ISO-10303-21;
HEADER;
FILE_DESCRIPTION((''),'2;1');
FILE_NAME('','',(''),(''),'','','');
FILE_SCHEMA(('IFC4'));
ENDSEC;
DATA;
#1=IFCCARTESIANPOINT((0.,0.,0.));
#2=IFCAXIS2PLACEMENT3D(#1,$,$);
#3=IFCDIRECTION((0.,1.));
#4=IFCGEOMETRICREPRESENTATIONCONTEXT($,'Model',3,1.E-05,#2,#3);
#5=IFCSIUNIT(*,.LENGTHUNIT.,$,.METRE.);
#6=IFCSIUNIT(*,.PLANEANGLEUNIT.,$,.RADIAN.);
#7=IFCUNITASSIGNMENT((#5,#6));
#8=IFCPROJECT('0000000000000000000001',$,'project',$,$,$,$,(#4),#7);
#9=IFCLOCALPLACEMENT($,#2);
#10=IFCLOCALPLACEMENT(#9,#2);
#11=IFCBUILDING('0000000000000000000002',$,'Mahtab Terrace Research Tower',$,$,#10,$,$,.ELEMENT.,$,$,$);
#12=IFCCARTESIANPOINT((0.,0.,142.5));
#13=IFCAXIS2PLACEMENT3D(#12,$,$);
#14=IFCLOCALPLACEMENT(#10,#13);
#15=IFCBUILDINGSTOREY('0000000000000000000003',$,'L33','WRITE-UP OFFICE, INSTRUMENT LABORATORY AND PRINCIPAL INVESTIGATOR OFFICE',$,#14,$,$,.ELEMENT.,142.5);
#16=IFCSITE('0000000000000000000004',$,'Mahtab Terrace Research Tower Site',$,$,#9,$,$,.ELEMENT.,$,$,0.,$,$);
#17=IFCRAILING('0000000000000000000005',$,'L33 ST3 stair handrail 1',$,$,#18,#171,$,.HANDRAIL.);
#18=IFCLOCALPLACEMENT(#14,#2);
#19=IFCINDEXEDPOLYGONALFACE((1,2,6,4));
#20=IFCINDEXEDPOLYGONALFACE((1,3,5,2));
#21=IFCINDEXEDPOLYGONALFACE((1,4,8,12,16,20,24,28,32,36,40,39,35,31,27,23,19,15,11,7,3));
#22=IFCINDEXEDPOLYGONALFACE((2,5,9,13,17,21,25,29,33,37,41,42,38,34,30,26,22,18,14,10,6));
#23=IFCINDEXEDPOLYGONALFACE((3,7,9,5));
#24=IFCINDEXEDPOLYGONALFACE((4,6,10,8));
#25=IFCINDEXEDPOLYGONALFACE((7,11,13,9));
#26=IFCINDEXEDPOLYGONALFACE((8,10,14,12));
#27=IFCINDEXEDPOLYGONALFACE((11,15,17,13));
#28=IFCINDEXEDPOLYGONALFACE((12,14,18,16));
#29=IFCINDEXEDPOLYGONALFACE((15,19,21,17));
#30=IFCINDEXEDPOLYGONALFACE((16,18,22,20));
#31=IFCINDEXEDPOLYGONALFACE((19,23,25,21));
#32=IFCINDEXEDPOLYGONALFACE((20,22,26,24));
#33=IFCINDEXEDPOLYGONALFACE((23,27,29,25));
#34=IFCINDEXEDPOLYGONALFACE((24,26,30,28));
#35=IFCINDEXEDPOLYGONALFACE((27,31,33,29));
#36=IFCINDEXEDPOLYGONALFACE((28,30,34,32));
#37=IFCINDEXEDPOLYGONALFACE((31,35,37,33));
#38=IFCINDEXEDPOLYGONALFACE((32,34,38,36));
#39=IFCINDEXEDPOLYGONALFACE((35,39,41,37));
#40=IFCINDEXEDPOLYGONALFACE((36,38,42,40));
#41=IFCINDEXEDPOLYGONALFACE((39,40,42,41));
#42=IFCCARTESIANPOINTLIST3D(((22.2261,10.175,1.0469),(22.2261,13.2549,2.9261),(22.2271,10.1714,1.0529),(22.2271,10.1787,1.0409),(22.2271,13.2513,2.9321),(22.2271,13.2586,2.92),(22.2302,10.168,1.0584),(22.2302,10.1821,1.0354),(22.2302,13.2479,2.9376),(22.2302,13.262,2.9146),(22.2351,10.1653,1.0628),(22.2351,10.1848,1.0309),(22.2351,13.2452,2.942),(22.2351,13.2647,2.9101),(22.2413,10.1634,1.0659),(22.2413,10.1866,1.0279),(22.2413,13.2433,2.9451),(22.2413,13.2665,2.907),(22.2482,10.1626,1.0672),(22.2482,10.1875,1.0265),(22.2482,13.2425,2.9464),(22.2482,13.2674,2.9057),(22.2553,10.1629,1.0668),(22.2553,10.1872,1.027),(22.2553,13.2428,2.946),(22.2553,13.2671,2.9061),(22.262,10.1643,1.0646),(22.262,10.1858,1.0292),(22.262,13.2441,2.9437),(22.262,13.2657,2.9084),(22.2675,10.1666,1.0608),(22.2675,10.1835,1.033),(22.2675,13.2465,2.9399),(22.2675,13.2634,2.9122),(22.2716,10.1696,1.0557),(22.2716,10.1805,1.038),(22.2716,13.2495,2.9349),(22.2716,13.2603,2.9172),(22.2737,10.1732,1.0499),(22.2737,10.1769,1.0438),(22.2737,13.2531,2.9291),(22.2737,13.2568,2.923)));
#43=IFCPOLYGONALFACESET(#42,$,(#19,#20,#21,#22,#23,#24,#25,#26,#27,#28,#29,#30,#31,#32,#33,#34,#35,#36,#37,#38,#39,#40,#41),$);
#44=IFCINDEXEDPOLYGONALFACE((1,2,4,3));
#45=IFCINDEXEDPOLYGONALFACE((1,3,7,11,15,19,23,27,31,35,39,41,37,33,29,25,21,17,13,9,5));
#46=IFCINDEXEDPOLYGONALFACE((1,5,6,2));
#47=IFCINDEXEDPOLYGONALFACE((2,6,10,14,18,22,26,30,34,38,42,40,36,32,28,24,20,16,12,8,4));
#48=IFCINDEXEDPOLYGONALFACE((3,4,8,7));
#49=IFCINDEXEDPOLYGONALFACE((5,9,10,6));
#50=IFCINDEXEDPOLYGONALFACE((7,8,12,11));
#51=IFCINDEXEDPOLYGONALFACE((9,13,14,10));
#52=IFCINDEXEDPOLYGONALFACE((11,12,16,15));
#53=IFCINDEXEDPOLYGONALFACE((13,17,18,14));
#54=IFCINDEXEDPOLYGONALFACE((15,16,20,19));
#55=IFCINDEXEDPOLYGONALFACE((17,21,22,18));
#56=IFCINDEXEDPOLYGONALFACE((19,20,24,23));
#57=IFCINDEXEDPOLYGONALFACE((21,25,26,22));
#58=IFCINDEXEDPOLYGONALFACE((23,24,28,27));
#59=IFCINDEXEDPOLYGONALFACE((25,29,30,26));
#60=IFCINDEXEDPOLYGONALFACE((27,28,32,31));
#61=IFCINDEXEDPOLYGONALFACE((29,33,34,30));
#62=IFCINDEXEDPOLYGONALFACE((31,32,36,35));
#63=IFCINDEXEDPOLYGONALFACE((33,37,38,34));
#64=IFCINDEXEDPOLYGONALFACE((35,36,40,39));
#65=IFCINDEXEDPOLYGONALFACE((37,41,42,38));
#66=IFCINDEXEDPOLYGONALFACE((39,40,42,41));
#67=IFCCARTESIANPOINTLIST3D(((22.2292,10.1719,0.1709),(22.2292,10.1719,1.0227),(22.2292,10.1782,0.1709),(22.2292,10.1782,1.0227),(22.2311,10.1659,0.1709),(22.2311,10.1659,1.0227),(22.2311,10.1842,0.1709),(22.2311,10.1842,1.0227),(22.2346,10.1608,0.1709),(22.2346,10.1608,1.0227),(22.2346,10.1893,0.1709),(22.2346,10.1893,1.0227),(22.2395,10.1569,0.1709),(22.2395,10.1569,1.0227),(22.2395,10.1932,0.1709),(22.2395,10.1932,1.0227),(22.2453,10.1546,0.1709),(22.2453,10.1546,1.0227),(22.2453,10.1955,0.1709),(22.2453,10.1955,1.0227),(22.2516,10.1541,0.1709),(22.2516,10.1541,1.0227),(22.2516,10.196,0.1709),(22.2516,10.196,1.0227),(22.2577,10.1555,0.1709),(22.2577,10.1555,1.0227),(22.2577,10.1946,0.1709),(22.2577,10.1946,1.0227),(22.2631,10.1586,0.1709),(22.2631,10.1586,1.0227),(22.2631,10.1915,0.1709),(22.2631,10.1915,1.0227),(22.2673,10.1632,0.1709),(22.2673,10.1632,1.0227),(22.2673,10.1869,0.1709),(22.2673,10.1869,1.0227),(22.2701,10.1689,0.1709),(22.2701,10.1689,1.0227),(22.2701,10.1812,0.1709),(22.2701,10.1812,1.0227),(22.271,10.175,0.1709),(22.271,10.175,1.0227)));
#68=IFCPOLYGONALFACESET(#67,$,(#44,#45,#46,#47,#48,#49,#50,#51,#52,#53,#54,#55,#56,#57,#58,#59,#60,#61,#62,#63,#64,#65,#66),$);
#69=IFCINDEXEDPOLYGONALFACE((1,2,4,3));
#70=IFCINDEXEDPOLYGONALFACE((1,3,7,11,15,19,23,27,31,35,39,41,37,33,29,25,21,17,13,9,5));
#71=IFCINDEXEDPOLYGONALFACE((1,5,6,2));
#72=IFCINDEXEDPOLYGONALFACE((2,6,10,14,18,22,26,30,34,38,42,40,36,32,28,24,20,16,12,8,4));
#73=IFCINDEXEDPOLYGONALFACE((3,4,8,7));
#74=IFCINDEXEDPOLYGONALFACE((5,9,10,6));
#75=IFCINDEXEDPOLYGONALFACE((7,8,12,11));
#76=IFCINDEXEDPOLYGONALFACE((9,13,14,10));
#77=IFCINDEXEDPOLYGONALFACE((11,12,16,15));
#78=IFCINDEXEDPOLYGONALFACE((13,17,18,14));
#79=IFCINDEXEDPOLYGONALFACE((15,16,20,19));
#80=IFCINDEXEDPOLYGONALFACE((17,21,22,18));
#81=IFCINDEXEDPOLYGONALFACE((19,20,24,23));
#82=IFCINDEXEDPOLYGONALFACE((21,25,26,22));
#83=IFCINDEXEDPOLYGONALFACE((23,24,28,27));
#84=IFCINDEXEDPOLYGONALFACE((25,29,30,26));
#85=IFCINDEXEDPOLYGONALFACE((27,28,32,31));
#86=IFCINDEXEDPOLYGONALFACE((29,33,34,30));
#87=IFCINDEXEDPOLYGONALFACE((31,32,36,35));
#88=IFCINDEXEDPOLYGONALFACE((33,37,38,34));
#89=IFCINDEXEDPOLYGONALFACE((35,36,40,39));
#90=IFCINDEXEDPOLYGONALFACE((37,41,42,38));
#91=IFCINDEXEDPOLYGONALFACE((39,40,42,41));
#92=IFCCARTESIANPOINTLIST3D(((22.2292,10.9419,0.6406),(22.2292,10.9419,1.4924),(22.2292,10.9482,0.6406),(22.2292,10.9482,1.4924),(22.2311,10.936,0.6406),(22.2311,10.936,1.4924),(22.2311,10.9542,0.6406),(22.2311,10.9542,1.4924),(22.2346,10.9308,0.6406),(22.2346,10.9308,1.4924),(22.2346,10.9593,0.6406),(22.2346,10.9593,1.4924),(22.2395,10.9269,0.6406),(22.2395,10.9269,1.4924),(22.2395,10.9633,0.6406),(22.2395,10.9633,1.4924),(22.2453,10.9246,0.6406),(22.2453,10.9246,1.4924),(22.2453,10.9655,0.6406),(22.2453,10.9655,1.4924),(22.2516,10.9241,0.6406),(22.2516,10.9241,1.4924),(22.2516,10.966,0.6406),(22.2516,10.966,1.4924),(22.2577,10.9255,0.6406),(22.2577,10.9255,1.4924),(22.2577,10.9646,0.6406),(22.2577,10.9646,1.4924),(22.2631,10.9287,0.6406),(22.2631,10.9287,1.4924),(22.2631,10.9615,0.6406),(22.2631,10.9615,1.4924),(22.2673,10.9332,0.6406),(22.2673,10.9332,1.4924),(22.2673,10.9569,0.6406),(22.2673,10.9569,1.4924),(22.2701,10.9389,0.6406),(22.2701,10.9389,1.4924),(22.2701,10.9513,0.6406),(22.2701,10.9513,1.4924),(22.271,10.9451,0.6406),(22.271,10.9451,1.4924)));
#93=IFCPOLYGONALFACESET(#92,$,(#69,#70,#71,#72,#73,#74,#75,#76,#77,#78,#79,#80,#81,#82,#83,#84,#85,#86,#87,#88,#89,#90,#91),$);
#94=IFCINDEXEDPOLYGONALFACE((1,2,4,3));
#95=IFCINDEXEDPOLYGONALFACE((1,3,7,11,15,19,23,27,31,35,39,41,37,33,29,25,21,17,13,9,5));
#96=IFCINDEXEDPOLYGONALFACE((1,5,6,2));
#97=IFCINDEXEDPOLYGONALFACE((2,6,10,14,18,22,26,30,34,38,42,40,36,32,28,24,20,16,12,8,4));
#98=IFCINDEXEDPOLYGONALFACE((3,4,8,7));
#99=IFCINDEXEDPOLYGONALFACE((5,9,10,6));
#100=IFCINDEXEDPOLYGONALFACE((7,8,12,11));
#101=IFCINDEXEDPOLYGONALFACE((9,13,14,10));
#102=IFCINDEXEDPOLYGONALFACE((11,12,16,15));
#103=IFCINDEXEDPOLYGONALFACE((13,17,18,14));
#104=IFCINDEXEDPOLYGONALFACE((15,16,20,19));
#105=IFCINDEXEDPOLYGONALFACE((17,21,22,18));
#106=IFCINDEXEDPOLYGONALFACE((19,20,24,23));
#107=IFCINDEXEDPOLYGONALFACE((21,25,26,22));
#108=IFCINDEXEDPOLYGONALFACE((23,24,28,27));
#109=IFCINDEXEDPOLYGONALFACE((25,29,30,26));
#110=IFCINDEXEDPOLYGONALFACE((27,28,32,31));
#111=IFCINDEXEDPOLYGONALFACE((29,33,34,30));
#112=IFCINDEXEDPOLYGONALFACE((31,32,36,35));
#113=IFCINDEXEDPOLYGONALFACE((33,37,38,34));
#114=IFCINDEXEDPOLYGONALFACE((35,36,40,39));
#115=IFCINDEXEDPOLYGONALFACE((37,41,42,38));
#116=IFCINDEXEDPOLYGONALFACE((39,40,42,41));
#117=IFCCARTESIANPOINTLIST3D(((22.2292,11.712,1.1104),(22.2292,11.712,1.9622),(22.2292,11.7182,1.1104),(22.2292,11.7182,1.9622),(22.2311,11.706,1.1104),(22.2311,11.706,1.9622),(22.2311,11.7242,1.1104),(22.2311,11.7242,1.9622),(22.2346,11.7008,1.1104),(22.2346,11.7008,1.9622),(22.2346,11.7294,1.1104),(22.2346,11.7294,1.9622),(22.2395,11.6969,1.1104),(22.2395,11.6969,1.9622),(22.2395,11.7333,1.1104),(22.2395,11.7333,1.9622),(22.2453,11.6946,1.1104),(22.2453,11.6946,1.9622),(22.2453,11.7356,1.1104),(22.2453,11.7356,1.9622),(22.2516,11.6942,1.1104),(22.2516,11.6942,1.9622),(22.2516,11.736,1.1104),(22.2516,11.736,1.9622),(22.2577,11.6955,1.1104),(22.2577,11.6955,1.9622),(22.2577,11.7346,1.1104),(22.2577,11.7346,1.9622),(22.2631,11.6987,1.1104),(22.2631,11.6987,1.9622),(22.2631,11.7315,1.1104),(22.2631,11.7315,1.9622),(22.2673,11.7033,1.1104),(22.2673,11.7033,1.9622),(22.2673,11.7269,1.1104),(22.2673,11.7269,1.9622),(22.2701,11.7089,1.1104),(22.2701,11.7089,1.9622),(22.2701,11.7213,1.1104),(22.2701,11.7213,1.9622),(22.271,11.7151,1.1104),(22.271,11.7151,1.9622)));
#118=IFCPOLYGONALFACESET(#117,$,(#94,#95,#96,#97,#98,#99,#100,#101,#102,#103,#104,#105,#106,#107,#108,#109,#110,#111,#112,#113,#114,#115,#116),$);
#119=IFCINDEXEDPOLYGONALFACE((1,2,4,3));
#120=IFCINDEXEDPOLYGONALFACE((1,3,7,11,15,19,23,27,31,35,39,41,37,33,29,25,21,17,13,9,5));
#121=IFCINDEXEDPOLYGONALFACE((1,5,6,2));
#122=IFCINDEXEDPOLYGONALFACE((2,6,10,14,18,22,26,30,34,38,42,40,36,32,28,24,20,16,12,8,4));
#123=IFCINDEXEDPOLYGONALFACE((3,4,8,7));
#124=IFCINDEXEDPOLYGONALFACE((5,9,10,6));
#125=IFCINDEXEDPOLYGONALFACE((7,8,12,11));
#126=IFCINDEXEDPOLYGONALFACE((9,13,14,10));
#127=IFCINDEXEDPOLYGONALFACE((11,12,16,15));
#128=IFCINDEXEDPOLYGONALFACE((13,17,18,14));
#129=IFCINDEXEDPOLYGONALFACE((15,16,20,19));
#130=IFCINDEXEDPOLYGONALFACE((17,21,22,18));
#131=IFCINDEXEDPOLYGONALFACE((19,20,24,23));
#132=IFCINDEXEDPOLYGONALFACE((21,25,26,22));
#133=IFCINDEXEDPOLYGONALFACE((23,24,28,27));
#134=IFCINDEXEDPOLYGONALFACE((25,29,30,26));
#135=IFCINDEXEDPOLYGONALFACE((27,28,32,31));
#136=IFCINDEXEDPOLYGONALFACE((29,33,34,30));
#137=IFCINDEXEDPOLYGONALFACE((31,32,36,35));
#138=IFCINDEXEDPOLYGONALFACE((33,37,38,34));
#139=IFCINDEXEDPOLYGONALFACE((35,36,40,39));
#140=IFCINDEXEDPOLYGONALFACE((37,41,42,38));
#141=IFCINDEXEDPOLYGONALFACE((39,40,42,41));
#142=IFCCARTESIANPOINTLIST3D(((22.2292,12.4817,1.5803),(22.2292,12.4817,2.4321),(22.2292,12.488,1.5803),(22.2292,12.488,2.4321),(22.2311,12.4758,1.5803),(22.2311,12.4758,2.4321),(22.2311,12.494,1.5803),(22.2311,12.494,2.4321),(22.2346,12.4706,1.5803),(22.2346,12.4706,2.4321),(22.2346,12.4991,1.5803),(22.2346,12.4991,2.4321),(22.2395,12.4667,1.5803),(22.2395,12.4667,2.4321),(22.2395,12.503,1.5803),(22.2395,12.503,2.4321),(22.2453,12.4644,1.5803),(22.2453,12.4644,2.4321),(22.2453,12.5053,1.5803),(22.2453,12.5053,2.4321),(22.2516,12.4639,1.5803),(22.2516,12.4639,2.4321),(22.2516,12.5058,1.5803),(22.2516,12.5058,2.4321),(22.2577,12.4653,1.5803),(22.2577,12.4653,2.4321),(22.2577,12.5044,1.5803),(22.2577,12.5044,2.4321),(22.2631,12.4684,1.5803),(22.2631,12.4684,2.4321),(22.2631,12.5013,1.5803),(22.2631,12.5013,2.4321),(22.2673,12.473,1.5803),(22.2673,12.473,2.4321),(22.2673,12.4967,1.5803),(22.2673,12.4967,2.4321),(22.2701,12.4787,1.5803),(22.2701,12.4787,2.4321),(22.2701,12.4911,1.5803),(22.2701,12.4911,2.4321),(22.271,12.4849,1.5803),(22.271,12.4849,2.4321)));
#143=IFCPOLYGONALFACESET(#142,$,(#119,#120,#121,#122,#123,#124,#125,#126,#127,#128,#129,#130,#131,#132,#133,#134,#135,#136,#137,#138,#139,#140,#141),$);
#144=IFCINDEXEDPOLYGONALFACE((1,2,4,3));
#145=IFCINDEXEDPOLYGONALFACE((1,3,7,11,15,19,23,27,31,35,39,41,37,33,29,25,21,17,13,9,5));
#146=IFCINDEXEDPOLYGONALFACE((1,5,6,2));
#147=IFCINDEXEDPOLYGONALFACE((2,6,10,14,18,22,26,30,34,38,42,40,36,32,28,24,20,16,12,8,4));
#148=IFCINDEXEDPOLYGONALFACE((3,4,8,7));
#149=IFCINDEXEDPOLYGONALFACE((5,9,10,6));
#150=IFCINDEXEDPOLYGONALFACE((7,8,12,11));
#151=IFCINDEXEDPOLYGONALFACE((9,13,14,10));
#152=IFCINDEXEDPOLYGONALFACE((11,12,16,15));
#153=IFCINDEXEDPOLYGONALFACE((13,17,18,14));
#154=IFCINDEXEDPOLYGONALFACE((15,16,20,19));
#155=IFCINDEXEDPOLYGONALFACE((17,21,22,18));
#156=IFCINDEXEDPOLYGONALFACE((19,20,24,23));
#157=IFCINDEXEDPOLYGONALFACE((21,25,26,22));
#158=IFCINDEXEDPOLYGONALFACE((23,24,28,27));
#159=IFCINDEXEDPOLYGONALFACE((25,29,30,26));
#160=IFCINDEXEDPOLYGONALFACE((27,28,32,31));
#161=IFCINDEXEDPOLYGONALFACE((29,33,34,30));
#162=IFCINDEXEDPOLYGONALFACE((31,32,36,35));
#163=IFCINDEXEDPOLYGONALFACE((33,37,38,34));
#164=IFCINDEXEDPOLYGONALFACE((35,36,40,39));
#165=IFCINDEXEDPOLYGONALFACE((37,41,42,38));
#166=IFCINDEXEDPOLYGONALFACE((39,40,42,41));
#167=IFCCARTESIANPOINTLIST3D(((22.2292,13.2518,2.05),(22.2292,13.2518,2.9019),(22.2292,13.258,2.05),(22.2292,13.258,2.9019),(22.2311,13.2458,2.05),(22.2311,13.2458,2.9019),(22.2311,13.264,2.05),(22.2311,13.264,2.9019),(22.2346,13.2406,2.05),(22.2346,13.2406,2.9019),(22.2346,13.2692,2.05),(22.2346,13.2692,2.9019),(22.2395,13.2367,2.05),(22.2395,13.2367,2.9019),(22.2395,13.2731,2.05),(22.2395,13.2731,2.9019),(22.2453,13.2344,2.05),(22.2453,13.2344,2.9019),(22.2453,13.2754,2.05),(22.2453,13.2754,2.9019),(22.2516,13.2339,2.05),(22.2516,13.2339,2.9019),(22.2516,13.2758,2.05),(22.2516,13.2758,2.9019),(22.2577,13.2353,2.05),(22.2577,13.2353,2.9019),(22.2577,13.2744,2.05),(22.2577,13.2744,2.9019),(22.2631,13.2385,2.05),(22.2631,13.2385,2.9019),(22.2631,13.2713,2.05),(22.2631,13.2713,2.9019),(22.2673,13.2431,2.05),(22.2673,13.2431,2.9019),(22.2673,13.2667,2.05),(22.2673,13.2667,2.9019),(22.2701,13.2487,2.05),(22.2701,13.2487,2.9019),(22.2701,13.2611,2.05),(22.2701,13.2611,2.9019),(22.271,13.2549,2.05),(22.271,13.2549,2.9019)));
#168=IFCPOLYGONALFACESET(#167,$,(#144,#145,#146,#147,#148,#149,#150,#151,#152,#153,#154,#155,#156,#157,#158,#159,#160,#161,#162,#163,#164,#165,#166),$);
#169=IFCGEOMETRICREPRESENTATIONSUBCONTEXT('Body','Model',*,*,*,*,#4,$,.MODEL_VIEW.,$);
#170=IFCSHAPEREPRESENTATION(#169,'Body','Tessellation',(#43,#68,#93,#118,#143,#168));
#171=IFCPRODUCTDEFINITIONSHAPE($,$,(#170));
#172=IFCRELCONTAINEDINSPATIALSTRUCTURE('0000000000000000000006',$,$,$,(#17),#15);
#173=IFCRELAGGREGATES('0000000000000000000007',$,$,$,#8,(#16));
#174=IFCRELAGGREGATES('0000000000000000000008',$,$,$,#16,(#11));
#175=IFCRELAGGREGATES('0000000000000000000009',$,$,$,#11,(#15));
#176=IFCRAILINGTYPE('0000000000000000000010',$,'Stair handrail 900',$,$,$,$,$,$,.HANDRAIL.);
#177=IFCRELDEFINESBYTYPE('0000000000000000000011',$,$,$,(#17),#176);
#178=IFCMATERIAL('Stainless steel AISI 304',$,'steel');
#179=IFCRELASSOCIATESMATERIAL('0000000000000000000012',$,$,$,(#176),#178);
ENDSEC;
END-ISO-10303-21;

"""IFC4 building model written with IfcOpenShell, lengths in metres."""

from ifc_helpers import new_model, si_unit, direction, frame, origin, origin_2d, place, context, subcontext, project, spatial, circle, extrude, material, type_object, element, save


model = new_model("IFC4")

# Units and contexts
model_context = context("Model", 3, precision=1e-05, world=origin(), true_north=direction((0.0, 1.0)))
body_context = subcontext(model_context, "Body", "Model", "MODEL_VIEW")
ifc_project = project(units=[si_unit("LENGTHUNIT", "METRE"), si_unit("PLANEANGLEUNIT", "RADIAN")], contexts=[model_context])

# Site, building, storey
site_placement = place(None, origin())
site = spatial("IfcSite", under=ifc_project, at=site_placement, Name="Mahtab Terrace Research Tower Site", CompositionType="ELEMENT", RefElevation=0.0)
building_placement = place(site_placement, origin())
building = spatial("IfcBuilding", under=site, at=building_placement, Name="Mahtab Terrace Research Tower", CompositionType="ELEMENT")
storey_placement = place(building_placement, frame((0.0, 0.0, 142.5)))
storey = spatial("IfcBuildingStorey", under=building, at=storey_placement, Name="L33", Description="WRITE-UP OFFICE, INSTRUMENT LABORATORY AND PRINCIPAL INVESTIGATOR OFFICE", CompositionType="ELEMENT", Elevation=142.5)

# Railing
ifc_material_1 = material(Name="Stainless steel AISI 304", Category="steel")
railing_type_1 = type_object("IfcRailingType", Name="Stair handrail 900", PredefinedType="HANDRAIL", material=ifc_material_1)
railing_1_placement = place(storey_placement, frame((22.25, 10.175, 0.1709)))
element("IfcRailing", 1, at=railing_1_placement, inside=storey, type_object=railing_type_1, Name="L33 ST3 stair handrail 1", PredefinedType="HANDRAIL", context=body_context, shape_type="SweptSolid", body=[
    extrude(circle(Radius=0.0239, at=origin_2d()), frame((0.0, 0.0, 0.876), z_axis=(0.0, 0.853648, 0.52085), x_axis=(-1.0, 0.0, 0.0)), (0.0, 0.0, 1.0), 3.6079),
    extrude(circle(Radius=0.021, at=origin_2d()), origin(), (0.0, 0.0, 1.0), 0.8518),
    extrude(circle(Radius=0.021, at=origin_2d()), frame((0.0, 0.77, 0.4697)), (0.0, 0.0, 1.0), 0.8518),
    extrude(circle(Radius=0.021, at=origin_2d()), frame((0.0, 1.54, 0.9395)), (0.0, 0.0, 1.0), 0.8518),
    extrude(circle(Radius=0.021, at=origin_2d()), frame((0.0, 2.3098, 1.4094)), (0.0, 0.0, 1.0), 0.8518),
    extrude(circle(Radius=0.021, at=origin_2d()), frame((0.0, 3.0798, 1.8792)), (0.0, 0.0, 1.0), 0.8518),
])

save(model, "model.ifc")
